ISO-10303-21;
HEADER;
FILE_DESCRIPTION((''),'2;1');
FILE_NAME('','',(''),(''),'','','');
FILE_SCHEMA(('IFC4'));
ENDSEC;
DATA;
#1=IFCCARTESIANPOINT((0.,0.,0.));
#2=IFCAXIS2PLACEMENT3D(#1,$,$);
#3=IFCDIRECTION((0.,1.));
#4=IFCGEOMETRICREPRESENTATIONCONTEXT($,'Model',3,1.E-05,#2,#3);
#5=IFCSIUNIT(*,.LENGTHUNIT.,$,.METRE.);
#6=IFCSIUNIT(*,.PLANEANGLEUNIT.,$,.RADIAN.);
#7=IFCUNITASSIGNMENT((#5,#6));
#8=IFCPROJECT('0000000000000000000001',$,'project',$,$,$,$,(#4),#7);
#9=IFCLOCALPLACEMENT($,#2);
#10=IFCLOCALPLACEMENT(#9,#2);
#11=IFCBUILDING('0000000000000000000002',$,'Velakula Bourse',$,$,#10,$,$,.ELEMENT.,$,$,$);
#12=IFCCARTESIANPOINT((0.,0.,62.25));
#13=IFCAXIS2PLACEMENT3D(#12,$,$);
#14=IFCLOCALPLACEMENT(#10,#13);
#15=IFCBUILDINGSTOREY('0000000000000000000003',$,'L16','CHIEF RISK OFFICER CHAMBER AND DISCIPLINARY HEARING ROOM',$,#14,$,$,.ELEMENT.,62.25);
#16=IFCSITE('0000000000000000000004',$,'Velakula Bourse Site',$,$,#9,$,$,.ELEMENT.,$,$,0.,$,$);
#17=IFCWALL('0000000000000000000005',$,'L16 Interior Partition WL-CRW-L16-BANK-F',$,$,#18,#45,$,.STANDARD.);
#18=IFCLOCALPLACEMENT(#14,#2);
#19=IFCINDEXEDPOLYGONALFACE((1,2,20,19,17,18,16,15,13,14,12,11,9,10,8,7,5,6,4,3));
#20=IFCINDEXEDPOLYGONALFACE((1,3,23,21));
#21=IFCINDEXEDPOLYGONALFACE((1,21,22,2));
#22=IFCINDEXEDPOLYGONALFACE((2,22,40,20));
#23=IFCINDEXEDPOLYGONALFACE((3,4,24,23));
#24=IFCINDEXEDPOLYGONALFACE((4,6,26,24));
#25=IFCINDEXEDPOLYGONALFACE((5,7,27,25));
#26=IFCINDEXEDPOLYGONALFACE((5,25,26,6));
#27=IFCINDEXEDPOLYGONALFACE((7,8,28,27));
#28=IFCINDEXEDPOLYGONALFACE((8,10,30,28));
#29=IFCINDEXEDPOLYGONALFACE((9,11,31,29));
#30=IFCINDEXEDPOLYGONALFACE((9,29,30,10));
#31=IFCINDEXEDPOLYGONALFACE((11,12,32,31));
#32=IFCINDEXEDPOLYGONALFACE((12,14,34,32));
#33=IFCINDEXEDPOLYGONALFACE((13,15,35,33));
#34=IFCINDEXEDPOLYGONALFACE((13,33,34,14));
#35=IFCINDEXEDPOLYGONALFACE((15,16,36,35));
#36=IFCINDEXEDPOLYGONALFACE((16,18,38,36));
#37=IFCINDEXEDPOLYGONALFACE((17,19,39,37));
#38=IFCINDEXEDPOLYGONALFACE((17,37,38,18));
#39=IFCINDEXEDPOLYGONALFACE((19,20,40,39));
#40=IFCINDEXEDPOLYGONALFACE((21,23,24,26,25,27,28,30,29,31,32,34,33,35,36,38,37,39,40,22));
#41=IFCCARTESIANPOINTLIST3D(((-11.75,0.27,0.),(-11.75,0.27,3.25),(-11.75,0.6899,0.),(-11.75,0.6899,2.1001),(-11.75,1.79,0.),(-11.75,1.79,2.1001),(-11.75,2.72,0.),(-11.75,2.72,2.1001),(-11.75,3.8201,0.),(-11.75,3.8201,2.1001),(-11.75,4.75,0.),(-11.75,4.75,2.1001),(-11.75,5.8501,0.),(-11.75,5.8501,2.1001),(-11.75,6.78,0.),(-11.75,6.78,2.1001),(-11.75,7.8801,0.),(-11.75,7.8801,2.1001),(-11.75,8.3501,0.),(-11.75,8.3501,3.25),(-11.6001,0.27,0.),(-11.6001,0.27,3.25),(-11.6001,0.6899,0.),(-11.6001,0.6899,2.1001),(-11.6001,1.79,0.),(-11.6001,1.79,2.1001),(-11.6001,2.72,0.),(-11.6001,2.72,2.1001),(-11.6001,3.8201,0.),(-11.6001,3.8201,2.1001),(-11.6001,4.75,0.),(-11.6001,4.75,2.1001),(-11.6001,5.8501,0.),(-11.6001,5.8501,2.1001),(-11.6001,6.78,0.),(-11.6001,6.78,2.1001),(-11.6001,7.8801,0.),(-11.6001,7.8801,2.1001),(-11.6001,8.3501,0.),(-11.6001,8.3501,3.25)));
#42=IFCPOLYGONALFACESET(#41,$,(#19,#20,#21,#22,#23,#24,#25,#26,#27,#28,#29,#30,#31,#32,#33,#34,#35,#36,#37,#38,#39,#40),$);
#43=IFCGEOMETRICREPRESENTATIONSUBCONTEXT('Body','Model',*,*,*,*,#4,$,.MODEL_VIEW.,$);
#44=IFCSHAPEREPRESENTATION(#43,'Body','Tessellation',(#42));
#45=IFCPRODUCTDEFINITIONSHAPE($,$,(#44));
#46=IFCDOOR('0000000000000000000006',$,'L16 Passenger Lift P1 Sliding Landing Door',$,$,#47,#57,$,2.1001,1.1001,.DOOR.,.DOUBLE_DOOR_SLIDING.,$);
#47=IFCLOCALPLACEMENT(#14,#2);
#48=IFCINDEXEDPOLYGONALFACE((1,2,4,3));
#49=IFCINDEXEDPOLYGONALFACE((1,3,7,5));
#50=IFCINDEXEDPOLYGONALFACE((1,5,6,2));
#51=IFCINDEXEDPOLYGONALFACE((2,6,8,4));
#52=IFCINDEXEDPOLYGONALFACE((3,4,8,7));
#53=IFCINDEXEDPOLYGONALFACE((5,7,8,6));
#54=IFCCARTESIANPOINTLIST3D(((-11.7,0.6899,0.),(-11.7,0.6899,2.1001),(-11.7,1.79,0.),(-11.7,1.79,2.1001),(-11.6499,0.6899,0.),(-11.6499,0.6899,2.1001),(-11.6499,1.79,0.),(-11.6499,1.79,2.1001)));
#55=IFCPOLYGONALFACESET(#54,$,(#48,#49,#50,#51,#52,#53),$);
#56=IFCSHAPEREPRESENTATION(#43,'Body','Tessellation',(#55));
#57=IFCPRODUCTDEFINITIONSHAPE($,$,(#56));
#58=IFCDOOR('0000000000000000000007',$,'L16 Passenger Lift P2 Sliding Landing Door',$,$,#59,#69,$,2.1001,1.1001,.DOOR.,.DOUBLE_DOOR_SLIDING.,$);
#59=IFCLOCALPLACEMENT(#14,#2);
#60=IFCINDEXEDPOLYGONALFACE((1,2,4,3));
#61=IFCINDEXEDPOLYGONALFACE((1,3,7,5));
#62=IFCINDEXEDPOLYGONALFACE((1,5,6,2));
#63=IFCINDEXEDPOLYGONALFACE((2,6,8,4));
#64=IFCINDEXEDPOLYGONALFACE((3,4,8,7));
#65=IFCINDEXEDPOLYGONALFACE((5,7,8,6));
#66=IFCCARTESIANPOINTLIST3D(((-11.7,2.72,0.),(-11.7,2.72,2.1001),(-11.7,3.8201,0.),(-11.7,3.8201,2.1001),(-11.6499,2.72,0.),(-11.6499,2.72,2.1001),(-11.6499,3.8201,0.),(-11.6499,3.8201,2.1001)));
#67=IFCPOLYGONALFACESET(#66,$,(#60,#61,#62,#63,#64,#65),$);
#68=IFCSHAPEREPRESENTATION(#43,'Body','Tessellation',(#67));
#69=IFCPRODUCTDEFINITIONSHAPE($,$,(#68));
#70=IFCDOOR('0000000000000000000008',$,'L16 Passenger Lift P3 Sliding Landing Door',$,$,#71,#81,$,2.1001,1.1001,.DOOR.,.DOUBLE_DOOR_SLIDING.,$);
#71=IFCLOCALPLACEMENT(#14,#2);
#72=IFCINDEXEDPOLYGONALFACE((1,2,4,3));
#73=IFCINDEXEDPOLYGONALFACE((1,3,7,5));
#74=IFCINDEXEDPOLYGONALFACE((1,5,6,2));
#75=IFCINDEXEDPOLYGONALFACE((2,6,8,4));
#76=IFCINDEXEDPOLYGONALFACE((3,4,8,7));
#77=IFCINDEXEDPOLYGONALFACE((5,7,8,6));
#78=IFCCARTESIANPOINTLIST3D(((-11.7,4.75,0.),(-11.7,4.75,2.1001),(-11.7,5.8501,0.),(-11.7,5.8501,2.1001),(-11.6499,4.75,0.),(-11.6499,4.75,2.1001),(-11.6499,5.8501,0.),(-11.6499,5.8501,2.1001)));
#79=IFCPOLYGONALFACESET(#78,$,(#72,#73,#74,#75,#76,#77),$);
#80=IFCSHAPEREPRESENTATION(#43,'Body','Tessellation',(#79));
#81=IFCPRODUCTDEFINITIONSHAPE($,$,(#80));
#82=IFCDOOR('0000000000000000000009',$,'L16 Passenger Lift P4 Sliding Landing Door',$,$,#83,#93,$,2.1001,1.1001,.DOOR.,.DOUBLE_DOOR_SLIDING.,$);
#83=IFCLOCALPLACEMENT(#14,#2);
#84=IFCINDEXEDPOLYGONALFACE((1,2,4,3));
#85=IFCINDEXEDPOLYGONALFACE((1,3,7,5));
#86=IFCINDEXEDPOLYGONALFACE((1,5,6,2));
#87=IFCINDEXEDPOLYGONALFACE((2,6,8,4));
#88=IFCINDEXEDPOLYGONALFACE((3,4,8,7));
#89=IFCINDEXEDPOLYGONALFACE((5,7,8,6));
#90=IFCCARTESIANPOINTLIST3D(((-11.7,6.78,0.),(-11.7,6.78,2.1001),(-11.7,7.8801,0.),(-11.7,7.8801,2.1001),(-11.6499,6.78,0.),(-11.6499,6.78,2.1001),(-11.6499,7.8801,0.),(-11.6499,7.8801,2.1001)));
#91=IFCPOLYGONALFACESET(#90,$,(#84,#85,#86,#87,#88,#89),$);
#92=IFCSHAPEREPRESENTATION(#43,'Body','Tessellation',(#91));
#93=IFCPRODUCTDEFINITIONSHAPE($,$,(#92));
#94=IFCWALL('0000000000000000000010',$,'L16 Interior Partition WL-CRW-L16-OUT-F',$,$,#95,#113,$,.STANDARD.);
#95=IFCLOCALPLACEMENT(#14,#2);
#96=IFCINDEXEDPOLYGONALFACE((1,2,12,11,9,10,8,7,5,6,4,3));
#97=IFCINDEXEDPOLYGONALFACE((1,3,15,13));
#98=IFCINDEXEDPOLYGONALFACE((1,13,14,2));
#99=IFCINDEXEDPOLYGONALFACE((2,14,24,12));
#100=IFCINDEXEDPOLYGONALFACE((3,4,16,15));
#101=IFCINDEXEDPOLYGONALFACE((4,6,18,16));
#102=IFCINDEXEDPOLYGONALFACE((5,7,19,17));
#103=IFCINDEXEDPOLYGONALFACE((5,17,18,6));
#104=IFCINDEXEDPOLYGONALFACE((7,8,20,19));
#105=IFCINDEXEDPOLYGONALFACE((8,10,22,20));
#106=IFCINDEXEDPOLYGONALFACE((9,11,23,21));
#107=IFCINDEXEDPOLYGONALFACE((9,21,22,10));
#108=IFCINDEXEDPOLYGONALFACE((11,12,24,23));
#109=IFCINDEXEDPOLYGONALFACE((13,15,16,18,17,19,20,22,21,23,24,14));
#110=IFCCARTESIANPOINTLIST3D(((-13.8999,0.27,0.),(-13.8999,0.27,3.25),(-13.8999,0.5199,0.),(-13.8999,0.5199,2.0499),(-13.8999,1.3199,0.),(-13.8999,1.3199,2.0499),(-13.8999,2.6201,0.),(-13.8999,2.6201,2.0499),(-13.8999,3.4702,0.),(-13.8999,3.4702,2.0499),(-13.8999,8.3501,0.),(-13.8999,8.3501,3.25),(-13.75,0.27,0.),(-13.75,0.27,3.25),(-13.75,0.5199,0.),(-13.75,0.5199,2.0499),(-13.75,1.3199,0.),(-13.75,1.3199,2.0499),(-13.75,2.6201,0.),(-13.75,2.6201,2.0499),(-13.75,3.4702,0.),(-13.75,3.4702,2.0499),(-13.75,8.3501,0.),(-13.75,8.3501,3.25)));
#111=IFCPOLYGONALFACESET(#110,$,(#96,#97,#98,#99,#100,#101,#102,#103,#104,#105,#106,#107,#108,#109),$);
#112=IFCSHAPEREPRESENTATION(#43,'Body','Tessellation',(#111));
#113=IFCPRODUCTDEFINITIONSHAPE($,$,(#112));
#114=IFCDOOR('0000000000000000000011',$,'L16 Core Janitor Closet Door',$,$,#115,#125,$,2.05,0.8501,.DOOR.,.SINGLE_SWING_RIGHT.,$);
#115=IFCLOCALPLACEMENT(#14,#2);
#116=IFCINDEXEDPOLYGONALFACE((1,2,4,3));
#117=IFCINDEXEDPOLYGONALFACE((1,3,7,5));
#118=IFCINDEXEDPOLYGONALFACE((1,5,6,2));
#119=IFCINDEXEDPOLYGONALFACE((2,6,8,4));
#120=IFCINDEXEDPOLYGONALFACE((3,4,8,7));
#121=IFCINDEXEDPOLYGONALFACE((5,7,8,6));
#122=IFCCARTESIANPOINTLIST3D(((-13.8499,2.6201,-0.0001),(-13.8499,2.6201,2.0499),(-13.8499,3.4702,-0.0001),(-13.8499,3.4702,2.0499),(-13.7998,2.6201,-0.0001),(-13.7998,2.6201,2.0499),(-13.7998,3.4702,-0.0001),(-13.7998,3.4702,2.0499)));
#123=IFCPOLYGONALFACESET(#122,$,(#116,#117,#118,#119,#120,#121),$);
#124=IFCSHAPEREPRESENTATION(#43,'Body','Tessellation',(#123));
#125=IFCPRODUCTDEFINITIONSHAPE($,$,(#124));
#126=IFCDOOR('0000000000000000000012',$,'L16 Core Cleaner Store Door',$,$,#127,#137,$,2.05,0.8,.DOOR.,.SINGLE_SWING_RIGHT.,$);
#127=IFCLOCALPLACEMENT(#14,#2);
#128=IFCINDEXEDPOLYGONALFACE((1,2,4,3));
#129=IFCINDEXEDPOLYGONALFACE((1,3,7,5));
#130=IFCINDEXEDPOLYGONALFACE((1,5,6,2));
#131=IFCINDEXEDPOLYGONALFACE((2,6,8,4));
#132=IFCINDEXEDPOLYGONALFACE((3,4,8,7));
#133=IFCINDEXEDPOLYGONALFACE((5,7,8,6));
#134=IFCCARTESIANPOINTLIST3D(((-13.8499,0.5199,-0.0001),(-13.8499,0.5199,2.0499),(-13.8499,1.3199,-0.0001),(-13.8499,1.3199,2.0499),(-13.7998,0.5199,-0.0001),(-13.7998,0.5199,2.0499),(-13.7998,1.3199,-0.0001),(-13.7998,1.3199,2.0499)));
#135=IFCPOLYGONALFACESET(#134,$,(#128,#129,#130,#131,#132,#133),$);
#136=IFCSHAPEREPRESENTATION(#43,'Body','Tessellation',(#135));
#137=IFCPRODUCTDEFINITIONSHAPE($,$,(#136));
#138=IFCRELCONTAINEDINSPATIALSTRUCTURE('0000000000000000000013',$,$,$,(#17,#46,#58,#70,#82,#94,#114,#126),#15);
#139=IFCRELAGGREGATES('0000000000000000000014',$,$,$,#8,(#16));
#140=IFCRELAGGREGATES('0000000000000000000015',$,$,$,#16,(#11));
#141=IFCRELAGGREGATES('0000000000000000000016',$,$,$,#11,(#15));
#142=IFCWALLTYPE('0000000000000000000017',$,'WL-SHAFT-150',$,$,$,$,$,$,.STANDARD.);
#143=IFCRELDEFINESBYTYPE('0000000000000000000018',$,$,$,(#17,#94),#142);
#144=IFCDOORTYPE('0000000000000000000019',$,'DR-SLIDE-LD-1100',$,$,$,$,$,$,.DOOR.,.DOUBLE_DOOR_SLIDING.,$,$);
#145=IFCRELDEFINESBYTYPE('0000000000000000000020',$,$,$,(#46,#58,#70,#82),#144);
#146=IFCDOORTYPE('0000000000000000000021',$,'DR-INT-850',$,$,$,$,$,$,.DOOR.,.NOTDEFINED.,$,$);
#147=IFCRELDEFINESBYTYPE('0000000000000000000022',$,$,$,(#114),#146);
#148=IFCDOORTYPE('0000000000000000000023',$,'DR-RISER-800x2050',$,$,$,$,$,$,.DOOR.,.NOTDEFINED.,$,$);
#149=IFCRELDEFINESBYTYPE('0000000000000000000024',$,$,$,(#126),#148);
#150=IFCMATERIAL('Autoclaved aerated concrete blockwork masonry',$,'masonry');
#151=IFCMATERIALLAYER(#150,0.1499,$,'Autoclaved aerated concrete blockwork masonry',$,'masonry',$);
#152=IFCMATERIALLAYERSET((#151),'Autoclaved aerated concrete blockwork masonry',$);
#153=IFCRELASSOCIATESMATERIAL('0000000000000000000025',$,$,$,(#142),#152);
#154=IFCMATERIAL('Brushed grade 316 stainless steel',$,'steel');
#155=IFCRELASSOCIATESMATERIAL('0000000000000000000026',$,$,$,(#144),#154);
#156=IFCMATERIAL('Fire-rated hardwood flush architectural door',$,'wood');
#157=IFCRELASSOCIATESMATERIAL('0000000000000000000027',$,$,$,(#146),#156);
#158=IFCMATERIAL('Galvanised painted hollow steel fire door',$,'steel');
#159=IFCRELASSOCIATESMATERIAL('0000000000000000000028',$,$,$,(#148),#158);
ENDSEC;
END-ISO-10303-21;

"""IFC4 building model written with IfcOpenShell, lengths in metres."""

from ifc_helpers import new_model, si_unit, direction, frame, frame_2d, origin, place, context, subcontext, project, spatial, rectangle, extrude, material, layer, layer_set, type_object, element, fill, save


model = new_model("IFC4")

# Units and contexts
model_context = context("Model", 3, precision=1e-05, world=origin(), true_north=direction((0.0, 1.0)))
body_context = subcontext(model_context, "Body", "Model", "MODEL_VIEW")
ifc_project = project(units=[si_unit("LENGTHUNIT", "METRE"), si_unit("PLANEANGLEUNIT", "RADIAN")], contexts=[model_context])

# Site, building, storey
site_placement = place(None, origin())
site = spatial("IfcSite", under=ifc_project, at=site_placement, Name="Velakula Bourse Site", CompositionType="ELEMENT", RefElevation=0.0)
building_placement = place(site_placement, origin())
building = spatial("IfcBuilding", under=site, at=building_placement, Name="Velakula Bourse", CompositionType="ELEMENT")
storey_placement = place(building_placement, frame((0.0, 0.0, 62.25)))
storey = spatial("IfcBuildingStorey", under=building, at=storey_placement, Name="L16", Description="CHIEF RISK OFFICER CHAMBER AND DISCIPLINARY HEARING ROOM", CompositionType="ELEMENT", Elevation=62.25)

# Shared definitions
ifc_material_1 = material(Name="Fire-rated hardwood flush architectural door", Category="wood")

# Shared definitions
ifc_material_2 = material(Name="Autoclaved aerated concrete blockwork masonry", Category="masonry")
ifc_layer_1 = layer(ifc_material_2, 0.1499, Name="Autoclaved aerated concrete blockwork masonry", Category="masonry")
ifc_layer_set_1 = layer_set([ifc_layer_1], Name="Autoclaved aerated concrete blockwork masonry")
wall_type_1 = type_object("IfcWallType", Name="WL-SHAFT-150", PredefinedType="STANDARD", material=ifc_layer_set_1)

# Walls, openings, doors
wall_1_placement = place(storey_placement, frame((-11.675, 0.27, 0.0), z_axis=(0.0, 0.0, 1.0), x_axis=(0.0, 1.0, 0.0)))
wall_1 = element("IfcWall", 1, at=wall_1_placement, inside=storey, type_object=wall_type_1, Name="L16 Interior Partition WL-CRW-L16-BANK-F", PredefinedType="STANDARD", context=body_context, shape_type="SweptSolid", body=[
    extrude(rectangle(XDim=8.0801, YDim=0.1499, at=frame_2d((4.04, 0.0))), origin(), (0.0, 0.0, 1.0), 3.25),
])
opening_1_placement = place(wall_1_placement, frame((0.4199, 0.0, 0.0)))
opening_1 = element("IfcOpeningElement", 2, at=opening_1_placement, cuts=wall_1, PredefinedType="OPENING", context=body_context, shape_type="SweptSolid", body=[
    extrude(rectangle(XDim=1.1001, YDim=2.1001, at=frame_2d((0.55, 1.05))), frame((0.0, 0.085, 0.0), z_axis=(0.0, -1.0, 0.0), x_axis=(1.0, 0.0, 0.0)), (0.0, 0.0, 1.0), 0.1699),
])
opening_2_placement = place(wall_1_placement, frame((2.45, 0.0, 0.0)))
opening_2 = element("IfcOpeningElement", 3, at=opening_2_placement, cuts=wall_1, PredefinedType="OPENING", context=body_context, shape_type="SweptSolid", body=[
    extrude(rectangle(XDim=1.1001, YDim=2.1001, at=frame_2d((0.55, 1.05))), frame((0.0, 0.085, 0.0), z_axis=(0.0, -1.0, 0.0), x_axis=(1.0, 0.0, 0.0)), (0.0, 0.0, 1.0), 0.1699),
])
opening_3_placement = place(wall_1_placement, frame((4.48, 0.0, 0.0)))
opening_3 = element("IfcOpeningElement", 4, at=opening_3_placement, cuts=wall_1, PredefinedType="OPENING", context=body_context, shape_type="SweptSolid", body=[
    extrude(rectangle(XDim=1.1001, YDim=2.1001, at=frame_2d((0.55, 1.05))), frame((0.0, 0.085, 0.0), z_axis=(0.0, -1.0, 0.0), x_axis=(1.0, 0.0, 0.0)), (0.0, 0.0, 1.0), 0.1699),
])
opening_4_placement = place(wall_1_placement, frame((6.51, 0.0, 0.0)))
opening_4 = element("IfcOpeningElement", 5, at=opening_4_placement, cuts=wall_1, PredefinedType="OPENING", context=body_context, shape_type="SweptSolid", body=[
    extrude(rectangle(XDim=1.1001, YDim=2.1001, at=frame_2d((0.55, 1.05))), frame((0.0, 0.085, 0.0), z_axis=(0.0, -1.0, 0.0), x_axis=(1.0, 0.0, 0.0)), (0.0, 0.0, 1.0), 0.1699),
])
ifc_material_3 = material(Name="Brushed grade 316 stainless steel", Category="steel")
door_type_1 = type_object("IfcDoorType", Name="DR-SLIDE-LD-1100", OperationType="DOUBLE_DOOR_SLIDING", PredefinedType="DOOR", material=ifc_material_3)
door_1_placement = place(opening_1_placement, origin())
door_1 = element("IfcDoor", 6, at=door_1_placement, inside=storey, type_object=door_type_1, Name="L16 Passenger Lift P1 Sliding Landing Door", OperationType="DOUBLE_DOOR_SLIDING", OverallHeight=2.1001, OverallWidth=1.1001, PredefinedType="DOOR", context=body_context, shape_type="SweptSolid", body=[
    extrude(rectangle(XDim=1.1001, YDim=2.1001, at=frame_2d((0.55, 1.05))), frame((0.0, 0.0249, 0.0), z_axis=(0.0, -1.0, 0.0), x_axis=(1.0, 0.0, 0.0)), (0.0, 0.0, 1.0), 0.05),
])
fill(opening_1, door_1)
door_2_placement = place(opening_2_placement, origin())
door_2 = element("IfcDoor", 7, at=door_2_placement, inside=storey, type_object=door_type_1, Name="L16 Passenger Lift P2 Sliding Landing Door", OperationType="DOUBLE_DOOR_SLIDING", OverallHeight=2.1001, OverallWidth=1.1001, PredefinedType="DOOR", context=body_context, shape_type="SweptSolid", body=[
    extrude(rectangle(XDim=1.1001, YDim=2.1001, at=frame_2d((0.55, 1.05))), frame((0.0, 0.0249, 0.0), z_axis=(0.0, -1.0, 0.0), x_axis=(1.0, 0.0, 0.0)), (0.0, 0.0, 1.0), 0.05),
])
fill(opening_2, door_2)
door_3_placement = place(opening_3_placement, origin())
door_3 = element("IfcDoor", 8, at=door_3_placement, inside=storey, type_object=door_type_1, Name="L16 Passenger Lift P3 Sliding Landing Door", OperationType="DOUBLE_DOOR_SLIDING", OverallHeight=2.1001, OverallWidth=1.1001, PredefinedType="DOOR", context=body_context, shape_type="SweptSolid", body=[
    extrude(rectangle(XDim=1.1001, YDim=2.1001, at=frame_2d((0.55, 1.05))), frame((0.0, 0.0249, 0.0), z_axis=(0.0, -1.0, 0.0), x_axis=(1.0, 0.0, 0.0)), (0.0, 0.0, 1.0), 0.05),
])
fill(opening_3, door_3)
door_4_placement = place(opening_4_placement, origin())
door_4 = element("IfcDoor", 9, at=door_4_placement, inside=storey, type_object=door_type_1, Name="L16 Passenger Lift P4 Sliding Landing Door", OperationType="DOUBLE_DOOR_SLIDING", OverallHeight=2.1001, OverallWidth=1.1001, PredefinedType="DOOR", context=body_context, shape_type="SweptSolid", body=[
    extrude(rectangle(XDim=1.1001, YDim=2.1001, at=frame_2d((0.55, 1.05))), frame((0.0, 0.0249, 0.0), z_axis=(0.0, -1.0, 0.0), x_axis=(1.0, 0.0, 0.0)), (0.0, 0.0, 1.0), 0.05),
])
fill(opening_4, door_4)
wall_2_placement = place(storey_placement, frame((-13.825, 0.27, 0.0), z_axis=(0.0, 0.0, 1.0), x_axis=(0.0, 1.0, 0.0)))
wall_2 = element("IfcWall", 10, at=wall_2_placement, inside=storey, type_object=wall_type_1, Name="L16 Interior Partition WL-CRW-L16-OUT-F", PredefinedType="STANDARD", context=body_context, shape_type="SweptSolid", body=[
    extrude(rectangle(XDim=8.0801, YDim=0.1499, at=frame_2d((4.04, 0.0))), origin(), (0.0, 0.0, 1.0), 3.25),
])
opening_5_placement = place(wall_2_placement, frame((0.25, 0.0, 0.0)))
opening_5 = element("IfcOpeningElement", 11, at=opening_5_placement, cuts=wall_2, PredefinedType="OPENING", context=body_context, shape_type="SweptSolid", body=[
    extrude(rectangle(XDim=0.8, YDim=2.05, at=frame_2d((0.3999, 1.0249))), frame((0.0, 0.085, 0.0), z_axis=(0.0, -1.0, 0.0), x_axis=(1.0, 0.0, 0.0)), (0.0, 0.0, 1.0), 0.1699),
])
opening_6_placement = place(wall_2_placement, frame((2.3501, 0.0, 0.0)))
opening_6 = element("IfcOpeningElement", 12, at=opening_6_placement, cuts=wall_2, PredefinedType="OPENING", context=body_context, shape_type="SweptSolid", body=[
    extrude(rectangle(XDim=0.8501, YDim=2.05, at=frame_2d((0.425, 1.0249))), frame((0.0, 0.085, 0.0), z_axis=(0.0, -1.0, 0.0), x_axis=(1.0, 0.0, 0.0)), (0.0, 0.0, 1.0), 0.1699),
])
door_type_2 = type_object("IfcDoorType", Name="DR-INT-850", OperationType="NOTDEFINED", PredefinedType="DOOR", material=ifc_material_1)
door_5_placement = place(opening_6_placement, origin())
door_5 = element("IfcDoor", 13, at=door_5_placement, inside=storey, type_object=door_type_2, Name="L16 Core Janitor Closet Door", OperationType="SINGLE_SWING_RIGHT", OverallHeight=2.05, OverallWidth=0.8501, PredefinedType="DOOR", context=body_context, shape_type="SweptSolid", body=[
    extrude(rectangle(XDim=0.8501, YDim=2.05, at=frame_2d((0.425, 1.0249))), frame((0.0, 0.0249, 0.0), z_axis=(0.0, -1.0, 0.0), x_axis=(1.0, 0.0, 0.0)), (0.0, 0.0, 1.0), 0.05),
])
fill(opening_6, door_5)
ifc_material_4 = material(Name="Galvanised painted hollow steel fire door", Category="steel")
door_type_3 = type_object("IfcDoorType", Name="DR-RISER-800x2050", OperationType="NOTDEFINED", PredefinedType="DOOR", material=ifc_material_4)
door_6_placement = place(opening_5_placement, origin())
door_6 = element("IfcDoor", 14, at=door_6_placement, inside=storey, type_object=door_type_3, Name="L16 Core Cleaner Store Door", OperationType="SINGLE_SWING_RIGHT", OverallHeight=2.05, OverallWidth=0.8, PredefinedType="DOOR", context=body_context, shape_type="SweptSolid", body=[
    extrude(rectangle(XDim=0.8, YDim=2.05, at=frame_2d((0.3999, 1.0249))), frame((0.0, 0.0249, 0.0), z_axis=(0.0, -1.0, 0.0), x_axis=(1.0, 0.0, 0.0)), (0.0, 0.0, 1.0), 0.05),
])
fill(opening_5, door_6)

save(model, "model.ifc")
